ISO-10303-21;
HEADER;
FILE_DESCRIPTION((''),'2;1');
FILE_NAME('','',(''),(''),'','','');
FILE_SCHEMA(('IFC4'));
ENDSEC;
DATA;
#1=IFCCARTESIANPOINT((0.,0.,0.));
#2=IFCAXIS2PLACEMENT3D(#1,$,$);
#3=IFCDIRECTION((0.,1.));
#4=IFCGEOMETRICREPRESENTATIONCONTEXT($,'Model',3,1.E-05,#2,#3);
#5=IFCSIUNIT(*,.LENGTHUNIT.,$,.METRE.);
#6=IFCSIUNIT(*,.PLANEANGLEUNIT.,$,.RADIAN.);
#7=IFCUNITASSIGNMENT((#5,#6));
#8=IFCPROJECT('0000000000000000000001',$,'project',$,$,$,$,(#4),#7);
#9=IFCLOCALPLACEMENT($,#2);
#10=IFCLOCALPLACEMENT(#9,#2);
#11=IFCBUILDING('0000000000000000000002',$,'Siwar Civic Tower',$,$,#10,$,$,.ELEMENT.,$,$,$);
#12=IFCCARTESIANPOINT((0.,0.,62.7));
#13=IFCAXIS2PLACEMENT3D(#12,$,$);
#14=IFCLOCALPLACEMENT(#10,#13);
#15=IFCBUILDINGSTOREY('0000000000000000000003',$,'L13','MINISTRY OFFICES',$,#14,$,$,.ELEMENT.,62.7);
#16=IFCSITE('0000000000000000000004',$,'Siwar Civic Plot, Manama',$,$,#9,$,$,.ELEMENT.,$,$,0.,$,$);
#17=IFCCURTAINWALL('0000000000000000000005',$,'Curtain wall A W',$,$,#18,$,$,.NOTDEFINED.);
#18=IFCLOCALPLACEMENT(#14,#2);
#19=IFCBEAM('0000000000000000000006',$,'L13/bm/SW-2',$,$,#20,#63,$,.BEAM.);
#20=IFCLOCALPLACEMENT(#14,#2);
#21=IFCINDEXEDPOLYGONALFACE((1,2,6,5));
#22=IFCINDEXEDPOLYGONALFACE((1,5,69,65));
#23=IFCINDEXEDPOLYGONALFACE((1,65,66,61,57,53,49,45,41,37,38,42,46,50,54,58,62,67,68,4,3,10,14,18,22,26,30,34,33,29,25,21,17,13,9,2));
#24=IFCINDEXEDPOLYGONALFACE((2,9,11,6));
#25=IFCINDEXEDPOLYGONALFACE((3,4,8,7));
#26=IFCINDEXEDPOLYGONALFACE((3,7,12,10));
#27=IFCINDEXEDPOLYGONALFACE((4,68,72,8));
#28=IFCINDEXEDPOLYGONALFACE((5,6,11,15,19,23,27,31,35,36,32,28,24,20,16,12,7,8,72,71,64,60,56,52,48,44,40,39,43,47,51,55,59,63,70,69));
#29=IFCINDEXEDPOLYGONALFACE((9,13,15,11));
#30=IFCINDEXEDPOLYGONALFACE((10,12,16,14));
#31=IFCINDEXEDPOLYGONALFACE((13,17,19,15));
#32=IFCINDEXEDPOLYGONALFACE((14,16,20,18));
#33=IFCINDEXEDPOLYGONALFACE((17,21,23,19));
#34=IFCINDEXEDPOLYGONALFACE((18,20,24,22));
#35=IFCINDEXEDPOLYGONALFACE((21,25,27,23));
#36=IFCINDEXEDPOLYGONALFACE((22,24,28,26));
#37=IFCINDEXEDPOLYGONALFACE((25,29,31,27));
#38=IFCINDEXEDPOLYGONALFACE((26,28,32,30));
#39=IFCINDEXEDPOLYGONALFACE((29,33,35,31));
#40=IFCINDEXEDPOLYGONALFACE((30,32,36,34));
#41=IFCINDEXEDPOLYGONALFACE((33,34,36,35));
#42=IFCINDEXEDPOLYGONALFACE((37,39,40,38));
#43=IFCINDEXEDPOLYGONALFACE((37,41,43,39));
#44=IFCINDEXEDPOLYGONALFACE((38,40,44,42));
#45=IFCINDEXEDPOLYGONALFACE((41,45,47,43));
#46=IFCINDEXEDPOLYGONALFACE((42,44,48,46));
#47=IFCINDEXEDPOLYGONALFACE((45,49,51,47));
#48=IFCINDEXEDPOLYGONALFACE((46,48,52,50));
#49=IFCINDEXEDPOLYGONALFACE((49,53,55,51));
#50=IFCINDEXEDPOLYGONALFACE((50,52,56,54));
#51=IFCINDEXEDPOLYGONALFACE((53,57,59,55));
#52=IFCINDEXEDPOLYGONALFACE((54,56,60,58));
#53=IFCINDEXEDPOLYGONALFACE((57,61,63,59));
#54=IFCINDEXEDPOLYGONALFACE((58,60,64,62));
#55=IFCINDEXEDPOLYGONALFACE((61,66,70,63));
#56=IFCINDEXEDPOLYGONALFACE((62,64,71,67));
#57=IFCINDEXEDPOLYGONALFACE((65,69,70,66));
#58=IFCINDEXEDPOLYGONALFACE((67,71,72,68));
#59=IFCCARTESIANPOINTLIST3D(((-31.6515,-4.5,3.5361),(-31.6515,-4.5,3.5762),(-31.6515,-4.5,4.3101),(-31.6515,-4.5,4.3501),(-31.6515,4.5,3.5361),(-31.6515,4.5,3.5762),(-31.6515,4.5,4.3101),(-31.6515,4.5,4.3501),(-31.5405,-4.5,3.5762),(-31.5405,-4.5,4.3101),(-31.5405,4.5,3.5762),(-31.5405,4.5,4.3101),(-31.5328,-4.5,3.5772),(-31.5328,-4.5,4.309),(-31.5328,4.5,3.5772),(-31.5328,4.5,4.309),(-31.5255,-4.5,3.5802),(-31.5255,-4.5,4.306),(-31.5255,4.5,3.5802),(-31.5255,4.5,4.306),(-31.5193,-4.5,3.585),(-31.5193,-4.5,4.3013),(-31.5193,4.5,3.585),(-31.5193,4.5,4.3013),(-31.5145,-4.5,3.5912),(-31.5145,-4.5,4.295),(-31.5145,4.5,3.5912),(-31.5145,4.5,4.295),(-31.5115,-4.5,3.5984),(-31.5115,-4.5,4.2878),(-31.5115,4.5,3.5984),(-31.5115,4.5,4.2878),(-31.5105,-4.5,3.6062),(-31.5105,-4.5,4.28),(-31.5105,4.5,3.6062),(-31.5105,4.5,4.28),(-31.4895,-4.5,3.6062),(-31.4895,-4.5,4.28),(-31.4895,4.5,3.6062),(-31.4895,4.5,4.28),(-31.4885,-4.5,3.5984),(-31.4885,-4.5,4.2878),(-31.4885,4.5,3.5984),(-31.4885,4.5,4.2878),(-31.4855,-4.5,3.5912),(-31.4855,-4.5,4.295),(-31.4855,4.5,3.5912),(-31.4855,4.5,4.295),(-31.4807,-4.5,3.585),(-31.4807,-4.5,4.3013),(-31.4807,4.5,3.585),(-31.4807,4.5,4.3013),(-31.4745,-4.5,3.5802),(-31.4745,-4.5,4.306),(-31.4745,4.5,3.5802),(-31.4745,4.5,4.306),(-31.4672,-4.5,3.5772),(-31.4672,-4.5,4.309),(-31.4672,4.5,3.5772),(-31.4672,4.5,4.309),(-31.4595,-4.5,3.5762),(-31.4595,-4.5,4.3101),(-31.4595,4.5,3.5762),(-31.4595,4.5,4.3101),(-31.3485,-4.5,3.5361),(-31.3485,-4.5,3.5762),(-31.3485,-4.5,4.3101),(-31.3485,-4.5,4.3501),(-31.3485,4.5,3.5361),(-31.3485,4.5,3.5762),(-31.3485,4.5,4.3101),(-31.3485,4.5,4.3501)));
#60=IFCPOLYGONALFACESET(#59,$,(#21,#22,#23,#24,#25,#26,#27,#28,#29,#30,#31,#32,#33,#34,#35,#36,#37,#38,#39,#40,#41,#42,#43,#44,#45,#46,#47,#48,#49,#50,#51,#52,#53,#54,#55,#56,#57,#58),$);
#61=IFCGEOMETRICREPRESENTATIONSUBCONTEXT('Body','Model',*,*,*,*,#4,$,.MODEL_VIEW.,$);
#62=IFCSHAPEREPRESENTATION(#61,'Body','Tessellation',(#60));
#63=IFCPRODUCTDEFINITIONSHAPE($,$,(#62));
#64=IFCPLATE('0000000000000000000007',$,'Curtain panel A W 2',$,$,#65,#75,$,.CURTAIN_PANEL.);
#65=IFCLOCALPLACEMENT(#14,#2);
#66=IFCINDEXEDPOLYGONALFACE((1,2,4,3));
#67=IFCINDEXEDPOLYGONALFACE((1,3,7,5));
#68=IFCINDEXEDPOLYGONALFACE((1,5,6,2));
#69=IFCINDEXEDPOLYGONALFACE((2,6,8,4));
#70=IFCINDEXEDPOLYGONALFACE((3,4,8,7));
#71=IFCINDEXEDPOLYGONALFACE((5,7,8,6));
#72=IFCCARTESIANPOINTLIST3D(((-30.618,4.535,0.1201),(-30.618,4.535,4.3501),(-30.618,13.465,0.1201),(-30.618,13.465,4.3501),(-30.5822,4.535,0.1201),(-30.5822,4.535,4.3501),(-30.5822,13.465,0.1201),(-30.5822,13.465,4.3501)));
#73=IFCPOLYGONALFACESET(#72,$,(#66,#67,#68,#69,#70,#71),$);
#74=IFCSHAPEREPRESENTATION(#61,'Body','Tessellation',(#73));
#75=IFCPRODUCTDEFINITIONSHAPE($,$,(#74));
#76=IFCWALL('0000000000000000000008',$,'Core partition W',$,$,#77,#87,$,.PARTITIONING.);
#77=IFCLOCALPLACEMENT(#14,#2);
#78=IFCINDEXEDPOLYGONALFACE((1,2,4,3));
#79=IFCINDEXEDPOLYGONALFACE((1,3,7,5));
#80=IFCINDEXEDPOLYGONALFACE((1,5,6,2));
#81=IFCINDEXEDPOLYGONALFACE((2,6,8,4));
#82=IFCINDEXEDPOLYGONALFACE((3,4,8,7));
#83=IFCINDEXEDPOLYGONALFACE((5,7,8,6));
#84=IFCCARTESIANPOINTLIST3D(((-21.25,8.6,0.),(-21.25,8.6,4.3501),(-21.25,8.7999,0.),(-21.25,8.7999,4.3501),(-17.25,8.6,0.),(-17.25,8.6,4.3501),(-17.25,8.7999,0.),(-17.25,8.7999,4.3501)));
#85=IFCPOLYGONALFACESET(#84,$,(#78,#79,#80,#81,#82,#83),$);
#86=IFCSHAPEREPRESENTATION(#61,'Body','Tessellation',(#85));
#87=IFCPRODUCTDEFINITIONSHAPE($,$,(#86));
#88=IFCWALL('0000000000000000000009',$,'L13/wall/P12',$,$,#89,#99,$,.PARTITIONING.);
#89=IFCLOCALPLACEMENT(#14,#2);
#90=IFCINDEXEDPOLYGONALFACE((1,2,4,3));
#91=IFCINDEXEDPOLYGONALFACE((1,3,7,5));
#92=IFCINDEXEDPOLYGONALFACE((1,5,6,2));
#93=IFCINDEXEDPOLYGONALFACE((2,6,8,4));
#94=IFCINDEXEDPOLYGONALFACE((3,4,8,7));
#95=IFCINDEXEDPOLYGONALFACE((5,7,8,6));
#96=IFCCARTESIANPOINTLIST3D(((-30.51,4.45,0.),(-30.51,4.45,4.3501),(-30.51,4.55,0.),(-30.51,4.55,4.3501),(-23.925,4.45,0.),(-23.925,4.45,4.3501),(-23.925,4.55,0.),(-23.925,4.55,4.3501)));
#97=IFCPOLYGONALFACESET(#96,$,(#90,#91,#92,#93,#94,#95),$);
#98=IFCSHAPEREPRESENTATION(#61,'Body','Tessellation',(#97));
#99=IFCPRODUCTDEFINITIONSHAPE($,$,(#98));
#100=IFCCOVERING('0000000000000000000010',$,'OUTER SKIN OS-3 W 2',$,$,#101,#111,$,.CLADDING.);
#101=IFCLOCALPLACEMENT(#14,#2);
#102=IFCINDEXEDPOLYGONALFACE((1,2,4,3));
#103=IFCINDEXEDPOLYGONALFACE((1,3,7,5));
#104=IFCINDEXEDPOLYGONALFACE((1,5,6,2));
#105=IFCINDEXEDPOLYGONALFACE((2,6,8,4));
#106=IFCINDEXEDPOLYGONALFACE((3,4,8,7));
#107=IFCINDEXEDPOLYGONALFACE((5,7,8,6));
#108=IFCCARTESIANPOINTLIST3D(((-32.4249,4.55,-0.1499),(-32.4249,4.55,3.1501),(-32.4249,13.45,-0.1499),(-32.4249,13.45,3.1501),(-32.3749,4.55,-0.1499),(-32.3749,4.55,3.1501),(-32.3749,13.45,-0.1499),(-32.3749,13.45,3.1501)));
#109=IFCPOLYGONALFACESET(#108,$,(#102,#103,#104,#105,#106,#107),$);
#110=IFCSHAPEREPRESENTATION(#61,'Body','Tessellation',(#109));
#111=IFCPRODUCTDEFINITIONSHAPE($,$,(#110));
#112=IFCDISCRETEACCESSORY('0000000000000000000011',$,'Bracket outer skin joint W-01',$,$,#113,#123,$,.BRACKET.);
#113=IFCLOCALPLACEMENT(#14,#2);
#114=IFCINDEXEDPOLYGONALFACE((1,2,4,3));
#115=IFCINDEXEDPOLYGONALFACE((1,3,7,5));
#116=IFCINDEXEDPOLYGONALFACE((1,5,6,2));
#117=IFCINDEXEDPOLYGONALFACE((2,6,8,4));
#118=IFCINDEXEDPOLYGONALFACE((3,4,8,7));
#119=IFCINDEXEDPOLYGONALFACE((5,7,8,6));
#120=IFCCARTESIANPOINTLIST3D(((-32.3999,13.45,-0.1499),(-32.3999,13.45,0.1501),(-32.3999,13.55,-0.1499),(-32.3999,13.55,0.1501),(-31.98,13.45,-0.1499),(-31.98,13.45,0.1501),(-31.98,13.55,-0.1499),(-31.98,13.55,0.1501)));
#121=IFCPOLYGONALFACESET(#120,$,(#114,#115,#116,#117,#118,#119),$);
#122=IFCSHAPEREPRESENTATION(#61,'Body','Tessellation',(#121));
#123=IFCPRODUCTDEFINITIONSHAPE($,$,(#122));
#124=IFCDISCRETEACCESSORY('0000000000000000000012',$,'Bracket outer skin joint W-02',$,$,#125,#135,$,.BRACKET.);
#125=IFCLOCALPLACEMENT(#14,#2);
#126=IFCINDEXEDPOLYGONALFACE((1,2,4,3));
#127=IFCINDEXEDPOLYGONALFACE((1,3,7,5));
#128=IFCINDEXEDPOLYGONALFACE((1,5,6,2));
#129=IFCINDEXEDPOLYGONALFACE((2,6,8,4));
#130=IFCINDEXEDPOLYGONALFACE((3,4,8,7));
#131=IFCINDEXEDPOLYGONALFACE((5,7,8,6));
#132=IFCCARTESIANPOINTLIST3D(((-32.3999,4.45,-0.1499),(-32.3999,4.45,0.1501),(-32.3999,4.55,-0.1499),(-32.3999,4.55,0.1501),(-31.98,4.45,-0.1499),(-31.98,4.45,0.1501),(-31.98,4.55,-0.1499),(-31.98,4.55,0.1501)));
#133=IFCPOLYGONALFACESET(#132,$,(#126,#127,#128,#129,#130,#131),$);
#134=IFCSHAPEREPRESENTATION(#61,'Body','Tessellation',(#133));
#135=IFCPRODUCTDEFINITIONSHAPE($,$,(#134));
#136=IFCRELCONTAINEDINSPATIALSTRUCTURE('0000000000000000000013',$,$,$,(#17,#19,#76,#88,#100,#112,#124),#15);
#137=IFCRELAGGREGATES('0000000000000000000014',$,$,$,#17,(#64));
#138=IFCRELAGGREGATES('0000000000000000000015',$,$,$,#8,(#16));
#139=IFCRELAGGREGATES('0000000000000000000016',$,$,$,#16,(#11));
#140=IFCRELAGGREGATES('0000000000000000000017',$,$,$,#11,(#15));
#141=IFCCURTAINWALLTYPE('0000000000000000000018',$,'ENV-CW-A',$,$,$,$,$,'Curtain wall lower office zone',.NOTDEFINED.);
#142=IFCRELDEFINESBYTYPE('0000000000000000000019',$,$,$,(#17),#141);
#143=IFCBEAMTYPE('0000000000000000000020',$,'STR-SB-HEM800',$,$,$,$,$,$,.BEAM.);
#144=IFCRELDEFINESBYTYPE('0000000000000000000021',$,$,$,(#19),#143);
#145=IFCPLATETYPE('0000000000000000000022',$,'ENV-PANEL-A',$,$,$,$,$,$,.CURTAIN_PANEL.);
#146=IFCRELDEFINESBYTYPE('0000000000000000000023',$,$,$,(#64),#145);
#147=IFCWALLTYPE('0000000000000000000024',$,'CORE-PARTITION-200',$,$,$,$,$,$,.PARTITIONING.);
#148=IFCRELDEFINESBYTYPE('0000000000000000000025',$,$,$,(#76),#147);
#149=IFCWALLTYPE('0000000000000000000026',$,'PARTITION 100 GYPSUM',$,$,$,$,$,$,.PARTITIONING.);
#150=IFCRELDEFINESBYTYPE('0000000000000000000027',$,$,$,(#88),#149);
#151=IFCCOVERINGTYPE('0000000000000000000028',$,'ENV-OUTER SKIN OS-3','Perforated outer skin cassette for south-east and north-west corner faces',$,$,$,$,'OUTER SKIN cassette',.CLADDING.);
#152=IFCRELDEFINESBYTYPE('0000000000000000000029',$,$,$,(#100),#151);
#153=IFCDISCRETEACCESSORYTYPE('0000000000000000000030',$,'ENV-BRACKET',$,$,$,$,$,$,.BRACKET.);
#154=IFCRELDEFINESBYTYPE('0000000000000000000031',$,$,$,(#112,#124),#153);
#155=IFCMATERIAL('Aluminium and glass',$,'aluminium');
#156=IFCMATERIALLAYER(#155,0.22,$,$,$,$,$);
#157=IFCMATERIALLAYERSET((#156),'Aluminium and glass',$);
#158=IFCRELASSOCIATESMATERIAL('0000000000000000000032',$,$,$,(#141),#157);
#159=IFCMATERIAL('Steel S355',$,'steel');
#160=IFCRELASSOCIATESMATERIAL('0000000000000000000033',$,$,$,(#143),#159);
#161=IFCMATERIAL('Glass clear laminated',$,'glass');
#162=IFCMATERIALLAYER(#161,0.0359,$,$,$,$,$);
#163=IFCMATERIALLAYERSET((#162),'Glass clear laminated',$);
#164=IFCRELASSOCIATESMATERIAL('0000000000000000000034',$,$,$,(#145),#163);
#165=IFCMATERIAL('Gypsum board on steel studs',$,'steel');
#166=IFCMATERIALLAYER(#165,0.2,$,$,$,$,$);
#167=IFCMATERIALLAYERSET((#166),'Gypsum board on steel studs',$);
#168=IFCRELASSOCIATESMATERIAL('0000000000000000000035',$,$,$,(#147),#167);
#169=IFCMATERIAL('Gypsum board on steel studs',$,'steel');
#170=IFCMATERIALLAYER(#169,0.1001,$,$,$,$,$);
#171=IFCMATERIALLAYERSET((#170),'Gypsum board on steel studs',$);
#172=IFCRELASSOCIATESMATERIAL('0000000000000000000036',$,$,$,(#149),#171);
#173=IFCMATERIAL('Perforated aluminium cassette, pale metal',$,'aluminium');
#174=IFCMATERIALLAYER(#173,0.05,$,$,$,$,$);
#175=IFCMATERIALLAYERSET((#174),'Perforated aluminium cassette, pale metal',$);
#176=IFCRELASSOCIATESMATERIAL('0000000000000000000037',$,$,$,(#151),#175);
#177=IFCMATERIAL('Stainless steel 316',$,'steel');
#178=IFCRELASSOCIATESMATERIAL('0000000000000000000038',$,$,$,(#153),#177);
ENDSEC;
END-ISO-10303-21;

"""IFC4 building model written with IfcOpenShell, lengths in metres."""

from ifc_helpers import new_model, si_unit, direction, frame, frame_2d, origin, origin_2d, place, context, subcontext, project, spatial, rectangle, i_section, extrude, material, layer, layer_set, material_profile, profile_set, type_object, element, aggregate, save


model = new_model("IFC4")

# Units and contexts
model_context = context("Model", 3, precision=1e-05, world=origin(), true_north=direction((0.0, 1.0)))
body_context = subcontext(model_context, "Body", "Model", "MODEL_VIEW")
ifc_project = project(units=[si_unit("LENGTHUNIT", "METRE"), si_unit("PLANEANGLEUNIT", "RADIAN")], contexts=[model_context])

# Site, building, storey
site_placement = place(None, origin())
site = spatial("IfcSite", under=ifc_project, at=site_placement, Name="Siwar Civic Plot, Manama", CompositionType="ELEMENT", RefElevation=0.0)
building_placement = place(site_placement, origin())
building = spatial("IfcBuilding", under=site, at=building_placement, Name="Siwar Civic Tower", CompositionType="ELEMENT")
storey_placement = place(building_placement, frame((0.0, 0.0, 62.7)))
storey = spatial("IfcBuildingStorey", under=building, at=storey_placement, Name="L13", Description="MINISTRY OFFICES", CompositionType="ELEMENT", Elevation=62.7)

# Curtain wall
ifc_material_1 = material(Name="Aluminium and glass", Category="aluminium")
ifc_layer_1 = layer(ifc_material_1, 0.22)
ifc_layer_set_1 = layer_set([ifc_layer_1], Name="Aluminium and glass")
curtain_wall_type = type_object("IfcCurtainWallType", Name="ENV-CW-A", ElementType="Curtain wall lower office zone", PredefinedType="NOTDEFINED", material=ifc_layer_set_1)
curtain_wall_placement = place(storey_placement, origin())
curtain_wall = element("IfcCurtainWall", 1, at=curtain_wall_placement, inside=storey, type_object=curtain_wall_type, Name="Curtain wall A W", PredefinedType="NOTDEFINED")

# Beam
ifc_material_2 = material(Name="Steel S355", Category="steel")
ifc_material_profile_1 = material_profile(ifc_material_2, i_section(OverallWidth=0.303, OverallDepth=0.814, WebThickness=0.021, FlangeThickness=0.04, FilletRadius=0.03, at=origin_2d()), Name="HEM800")
ifc_profile_set_1 = profile_set([ifc_material_profile_1], Name="Steel S355")
beam_type_1 = type_object("IfcBeamType", Name="STR-SB-HEM800", PredefinedType="BEAM", material=ifc_profile_set_1)
for number, where, z_axis, x_axis, name in (
    (2, (-31.5, 4.5, 3.9431), (0.0, -1.0, 0.0), (1.0, 0.0, 0.0), "L13/bm/SW-2"),
):
    element("IfcBeam", number, at=place(storey_placement, frame(where, z_axis=z_axis, x_axis=x_axis)), inside=storey, type_object=beam_type_1, Name=name, PredefinedType="BEAM", context=body_context, shape_type="SweptSolid", body=[
        extrude(i_section(OverallWidth=0.303, OverallDepth=0.814, WebThickness=0.021, FlangeThickness=0.04, FilletRadius=0.03, at=origin_2d()), origin(), (0.0, 0.0, 1.0), 9.0),
    ])

# Plate
ifc_material_3 = material(Name="Glass clear laminated", Category="glass")
ifc_layer_2 = layer(ifc_material_3, 0.0359)
ifc_layer_set_2 = layer_set([ifc_layer_2], Name="Glass clear laminated")
plate_type = type_object("IfcPlateType", Name="ENV-PANEL-A", PredefinedType="CURTAIN_PANEL", material=ifc_layer_set_2)
plate_placement = place(storey_placement, frame((-30.6001, 9.0, 0.1201), z_axis=(0.0, 0.0, 1.0), x_axis=(0.0, -1.0, 0.0)))
plate = element("IfcPlate", 3, at=plate_placement, type_object=plate_type, Name="Curtain panel A W 2", PredefinedType="CURTAIN_PANEL", context=body_context, shape_type="SweptSolid", body=[
    extrude(rectangle(XDim=8.9299, YDim=0.0359, at=origin_2d()), origin(), (0.0, 0.0, 1.0), 4.23),
])
aggregate(curtain_wall, [plate])

# Walls
ifc_material_4 = material(Name="Gypsum board on steel studs", Category="steel")
ifc_layer_3 = layer(ifc_material_4, 0.2)
ifc_layer_set_3 = layer_set([ifc_layer_3], Name="Gypsum board on steel studs")
wall_type_1 = type_object("IfcWallType", Name="CORE-PARTITION-200", PredefinedType="PARTITIONING", material=ifc_layer_set_3)
wall_1_placement = place(storey_placement, frame((-17.25, 8.7, 0.0), z_axis=(0.0, 0.0, 1.0), x_axis=(-1.0, 0.0, 0.0)))
element("IfcWall", 4, at=wall_1_placement, inside=storey, type_object=wall_type_1, Name="Core partition W", PredefinedType="PARTITIONING", context=body_context, shape_type="SweptSolid", body=[
    extrude(rectangle(XDim=4.0, YDim=0.2, at=frame_2d((2.0, 0.0))), origin(), (0.0, 0.0, 1.0), 4.3501),
])
ifc_material_5 = material(Name="Gypsum board on steel studs", Category="steel")
ifc_layer_4 = layer(ifc_material_5, 0.1001)
ifc_layer_set_4 = layer_set([ifc_layer_4], Name="Gypsum board on steel studs")
wall_type_2 = type_object("IfcWallType", Name="PARTITION 100 GYPSUM", PredefinedType="PARTITIONING", material=ifc_layer_set_4)
wall_2_placement = place(storey_placement, frame((-30.51, 4.5, 0.0), z_axis=(0.0, 0.0, 1.0), x_axis=(1.0, 0.0, 0.0)))
element("IfcWall", 5, at=wall_2_placement, inside=storey, type_object=wall_type_2, Name="L13/wall/P12", PredefinedType="PARTITIONING", context=body_context, shape_type="SweptSolid", body=[
    extrude(rectangle(XDim=6.585, YDim=0.1001, at=frame_2d((3.2925, 0.0))), origin(), (0.0, 0.0, 1.0), 4.3501),
])

# Covering
ifc_material_6 = material(Name="Perforated aluminium cassette, pale metal", Category="aluminium")
ifc_layer_5 = layer(ifc_material_6, 0.05)
ifc_layer_set_5 = layer_set([ifc_layer_5], Name="Perforated aluminium cassette, pale metal")
covering_type = type_object("IfcCoveringType", Name="ENV-OUTER SKIN OS-3", Description="Perforated outer skin cassette for south-east and north-west corner faces", ElementType="OUTER SKIN cassette", PredefinedType="CLADDING", material=ifc_layer_set_5)
covering_placement = place(storey_placement, frame((-32.3999, 9.0, -0.1499), z_axis=(0.0, 0.0, 1.0), x_axis=(0.0, -1.0, 0.0)))
element("IfcCovering", 6, at=covering_placement, inside=storey, type_object=covering_type, Name="OUTER SKIN OS-3 W 2", PredefinedType="CLADDING", context=body_context, shape_type="SweptSolid", body=[
    extrude(rectangle(XDim=8.8999, YDim=0.05, at=origin_2d()), origin(), (0.0, 0.0, 1.0), 3.3),
])

# Discrete accessories
ifc_material_7 = material(Name="Stainless steel 316", Category="steel")
discrete_accessory_type = type_object("IfcDiscreteAccessoryType", Name="ENV-BRACKET", PredefinedType="BRACKET", material=ifc_material_7)
for number, where, z_axis, x_axis, name in (
    (7, (-32.1899, 13.5, -0.1499), (0.0, 0.0, 1.0), (-1.0, 0.0, 0.0), "Bracket outer skin joint W-01"),
    (8, (-32.1899, 4.5, -0.1499), (0.0, 0.0, 1.0), (-1.0, 0.0, 0.0), "Bracket outer skin joint W-02"),
):
    element("IfcDiscreteAccessory", number, at=place(storey_placement, frame(where, z_axis=z_axis, x_axis=x_axis)), inside=storey, type_object=discrete_accessory_type, Name=name, PredefinedType="BRACKET", context=body_context, shape_type="SweptSolid", body=[
        extrude(rectangle(XDim=0.4199, YDim=0.1001, at=origin_2d()), origin(), (0.0, 0.0, 1.0), 0.3),
    ])

save(model, "model.ifc")
